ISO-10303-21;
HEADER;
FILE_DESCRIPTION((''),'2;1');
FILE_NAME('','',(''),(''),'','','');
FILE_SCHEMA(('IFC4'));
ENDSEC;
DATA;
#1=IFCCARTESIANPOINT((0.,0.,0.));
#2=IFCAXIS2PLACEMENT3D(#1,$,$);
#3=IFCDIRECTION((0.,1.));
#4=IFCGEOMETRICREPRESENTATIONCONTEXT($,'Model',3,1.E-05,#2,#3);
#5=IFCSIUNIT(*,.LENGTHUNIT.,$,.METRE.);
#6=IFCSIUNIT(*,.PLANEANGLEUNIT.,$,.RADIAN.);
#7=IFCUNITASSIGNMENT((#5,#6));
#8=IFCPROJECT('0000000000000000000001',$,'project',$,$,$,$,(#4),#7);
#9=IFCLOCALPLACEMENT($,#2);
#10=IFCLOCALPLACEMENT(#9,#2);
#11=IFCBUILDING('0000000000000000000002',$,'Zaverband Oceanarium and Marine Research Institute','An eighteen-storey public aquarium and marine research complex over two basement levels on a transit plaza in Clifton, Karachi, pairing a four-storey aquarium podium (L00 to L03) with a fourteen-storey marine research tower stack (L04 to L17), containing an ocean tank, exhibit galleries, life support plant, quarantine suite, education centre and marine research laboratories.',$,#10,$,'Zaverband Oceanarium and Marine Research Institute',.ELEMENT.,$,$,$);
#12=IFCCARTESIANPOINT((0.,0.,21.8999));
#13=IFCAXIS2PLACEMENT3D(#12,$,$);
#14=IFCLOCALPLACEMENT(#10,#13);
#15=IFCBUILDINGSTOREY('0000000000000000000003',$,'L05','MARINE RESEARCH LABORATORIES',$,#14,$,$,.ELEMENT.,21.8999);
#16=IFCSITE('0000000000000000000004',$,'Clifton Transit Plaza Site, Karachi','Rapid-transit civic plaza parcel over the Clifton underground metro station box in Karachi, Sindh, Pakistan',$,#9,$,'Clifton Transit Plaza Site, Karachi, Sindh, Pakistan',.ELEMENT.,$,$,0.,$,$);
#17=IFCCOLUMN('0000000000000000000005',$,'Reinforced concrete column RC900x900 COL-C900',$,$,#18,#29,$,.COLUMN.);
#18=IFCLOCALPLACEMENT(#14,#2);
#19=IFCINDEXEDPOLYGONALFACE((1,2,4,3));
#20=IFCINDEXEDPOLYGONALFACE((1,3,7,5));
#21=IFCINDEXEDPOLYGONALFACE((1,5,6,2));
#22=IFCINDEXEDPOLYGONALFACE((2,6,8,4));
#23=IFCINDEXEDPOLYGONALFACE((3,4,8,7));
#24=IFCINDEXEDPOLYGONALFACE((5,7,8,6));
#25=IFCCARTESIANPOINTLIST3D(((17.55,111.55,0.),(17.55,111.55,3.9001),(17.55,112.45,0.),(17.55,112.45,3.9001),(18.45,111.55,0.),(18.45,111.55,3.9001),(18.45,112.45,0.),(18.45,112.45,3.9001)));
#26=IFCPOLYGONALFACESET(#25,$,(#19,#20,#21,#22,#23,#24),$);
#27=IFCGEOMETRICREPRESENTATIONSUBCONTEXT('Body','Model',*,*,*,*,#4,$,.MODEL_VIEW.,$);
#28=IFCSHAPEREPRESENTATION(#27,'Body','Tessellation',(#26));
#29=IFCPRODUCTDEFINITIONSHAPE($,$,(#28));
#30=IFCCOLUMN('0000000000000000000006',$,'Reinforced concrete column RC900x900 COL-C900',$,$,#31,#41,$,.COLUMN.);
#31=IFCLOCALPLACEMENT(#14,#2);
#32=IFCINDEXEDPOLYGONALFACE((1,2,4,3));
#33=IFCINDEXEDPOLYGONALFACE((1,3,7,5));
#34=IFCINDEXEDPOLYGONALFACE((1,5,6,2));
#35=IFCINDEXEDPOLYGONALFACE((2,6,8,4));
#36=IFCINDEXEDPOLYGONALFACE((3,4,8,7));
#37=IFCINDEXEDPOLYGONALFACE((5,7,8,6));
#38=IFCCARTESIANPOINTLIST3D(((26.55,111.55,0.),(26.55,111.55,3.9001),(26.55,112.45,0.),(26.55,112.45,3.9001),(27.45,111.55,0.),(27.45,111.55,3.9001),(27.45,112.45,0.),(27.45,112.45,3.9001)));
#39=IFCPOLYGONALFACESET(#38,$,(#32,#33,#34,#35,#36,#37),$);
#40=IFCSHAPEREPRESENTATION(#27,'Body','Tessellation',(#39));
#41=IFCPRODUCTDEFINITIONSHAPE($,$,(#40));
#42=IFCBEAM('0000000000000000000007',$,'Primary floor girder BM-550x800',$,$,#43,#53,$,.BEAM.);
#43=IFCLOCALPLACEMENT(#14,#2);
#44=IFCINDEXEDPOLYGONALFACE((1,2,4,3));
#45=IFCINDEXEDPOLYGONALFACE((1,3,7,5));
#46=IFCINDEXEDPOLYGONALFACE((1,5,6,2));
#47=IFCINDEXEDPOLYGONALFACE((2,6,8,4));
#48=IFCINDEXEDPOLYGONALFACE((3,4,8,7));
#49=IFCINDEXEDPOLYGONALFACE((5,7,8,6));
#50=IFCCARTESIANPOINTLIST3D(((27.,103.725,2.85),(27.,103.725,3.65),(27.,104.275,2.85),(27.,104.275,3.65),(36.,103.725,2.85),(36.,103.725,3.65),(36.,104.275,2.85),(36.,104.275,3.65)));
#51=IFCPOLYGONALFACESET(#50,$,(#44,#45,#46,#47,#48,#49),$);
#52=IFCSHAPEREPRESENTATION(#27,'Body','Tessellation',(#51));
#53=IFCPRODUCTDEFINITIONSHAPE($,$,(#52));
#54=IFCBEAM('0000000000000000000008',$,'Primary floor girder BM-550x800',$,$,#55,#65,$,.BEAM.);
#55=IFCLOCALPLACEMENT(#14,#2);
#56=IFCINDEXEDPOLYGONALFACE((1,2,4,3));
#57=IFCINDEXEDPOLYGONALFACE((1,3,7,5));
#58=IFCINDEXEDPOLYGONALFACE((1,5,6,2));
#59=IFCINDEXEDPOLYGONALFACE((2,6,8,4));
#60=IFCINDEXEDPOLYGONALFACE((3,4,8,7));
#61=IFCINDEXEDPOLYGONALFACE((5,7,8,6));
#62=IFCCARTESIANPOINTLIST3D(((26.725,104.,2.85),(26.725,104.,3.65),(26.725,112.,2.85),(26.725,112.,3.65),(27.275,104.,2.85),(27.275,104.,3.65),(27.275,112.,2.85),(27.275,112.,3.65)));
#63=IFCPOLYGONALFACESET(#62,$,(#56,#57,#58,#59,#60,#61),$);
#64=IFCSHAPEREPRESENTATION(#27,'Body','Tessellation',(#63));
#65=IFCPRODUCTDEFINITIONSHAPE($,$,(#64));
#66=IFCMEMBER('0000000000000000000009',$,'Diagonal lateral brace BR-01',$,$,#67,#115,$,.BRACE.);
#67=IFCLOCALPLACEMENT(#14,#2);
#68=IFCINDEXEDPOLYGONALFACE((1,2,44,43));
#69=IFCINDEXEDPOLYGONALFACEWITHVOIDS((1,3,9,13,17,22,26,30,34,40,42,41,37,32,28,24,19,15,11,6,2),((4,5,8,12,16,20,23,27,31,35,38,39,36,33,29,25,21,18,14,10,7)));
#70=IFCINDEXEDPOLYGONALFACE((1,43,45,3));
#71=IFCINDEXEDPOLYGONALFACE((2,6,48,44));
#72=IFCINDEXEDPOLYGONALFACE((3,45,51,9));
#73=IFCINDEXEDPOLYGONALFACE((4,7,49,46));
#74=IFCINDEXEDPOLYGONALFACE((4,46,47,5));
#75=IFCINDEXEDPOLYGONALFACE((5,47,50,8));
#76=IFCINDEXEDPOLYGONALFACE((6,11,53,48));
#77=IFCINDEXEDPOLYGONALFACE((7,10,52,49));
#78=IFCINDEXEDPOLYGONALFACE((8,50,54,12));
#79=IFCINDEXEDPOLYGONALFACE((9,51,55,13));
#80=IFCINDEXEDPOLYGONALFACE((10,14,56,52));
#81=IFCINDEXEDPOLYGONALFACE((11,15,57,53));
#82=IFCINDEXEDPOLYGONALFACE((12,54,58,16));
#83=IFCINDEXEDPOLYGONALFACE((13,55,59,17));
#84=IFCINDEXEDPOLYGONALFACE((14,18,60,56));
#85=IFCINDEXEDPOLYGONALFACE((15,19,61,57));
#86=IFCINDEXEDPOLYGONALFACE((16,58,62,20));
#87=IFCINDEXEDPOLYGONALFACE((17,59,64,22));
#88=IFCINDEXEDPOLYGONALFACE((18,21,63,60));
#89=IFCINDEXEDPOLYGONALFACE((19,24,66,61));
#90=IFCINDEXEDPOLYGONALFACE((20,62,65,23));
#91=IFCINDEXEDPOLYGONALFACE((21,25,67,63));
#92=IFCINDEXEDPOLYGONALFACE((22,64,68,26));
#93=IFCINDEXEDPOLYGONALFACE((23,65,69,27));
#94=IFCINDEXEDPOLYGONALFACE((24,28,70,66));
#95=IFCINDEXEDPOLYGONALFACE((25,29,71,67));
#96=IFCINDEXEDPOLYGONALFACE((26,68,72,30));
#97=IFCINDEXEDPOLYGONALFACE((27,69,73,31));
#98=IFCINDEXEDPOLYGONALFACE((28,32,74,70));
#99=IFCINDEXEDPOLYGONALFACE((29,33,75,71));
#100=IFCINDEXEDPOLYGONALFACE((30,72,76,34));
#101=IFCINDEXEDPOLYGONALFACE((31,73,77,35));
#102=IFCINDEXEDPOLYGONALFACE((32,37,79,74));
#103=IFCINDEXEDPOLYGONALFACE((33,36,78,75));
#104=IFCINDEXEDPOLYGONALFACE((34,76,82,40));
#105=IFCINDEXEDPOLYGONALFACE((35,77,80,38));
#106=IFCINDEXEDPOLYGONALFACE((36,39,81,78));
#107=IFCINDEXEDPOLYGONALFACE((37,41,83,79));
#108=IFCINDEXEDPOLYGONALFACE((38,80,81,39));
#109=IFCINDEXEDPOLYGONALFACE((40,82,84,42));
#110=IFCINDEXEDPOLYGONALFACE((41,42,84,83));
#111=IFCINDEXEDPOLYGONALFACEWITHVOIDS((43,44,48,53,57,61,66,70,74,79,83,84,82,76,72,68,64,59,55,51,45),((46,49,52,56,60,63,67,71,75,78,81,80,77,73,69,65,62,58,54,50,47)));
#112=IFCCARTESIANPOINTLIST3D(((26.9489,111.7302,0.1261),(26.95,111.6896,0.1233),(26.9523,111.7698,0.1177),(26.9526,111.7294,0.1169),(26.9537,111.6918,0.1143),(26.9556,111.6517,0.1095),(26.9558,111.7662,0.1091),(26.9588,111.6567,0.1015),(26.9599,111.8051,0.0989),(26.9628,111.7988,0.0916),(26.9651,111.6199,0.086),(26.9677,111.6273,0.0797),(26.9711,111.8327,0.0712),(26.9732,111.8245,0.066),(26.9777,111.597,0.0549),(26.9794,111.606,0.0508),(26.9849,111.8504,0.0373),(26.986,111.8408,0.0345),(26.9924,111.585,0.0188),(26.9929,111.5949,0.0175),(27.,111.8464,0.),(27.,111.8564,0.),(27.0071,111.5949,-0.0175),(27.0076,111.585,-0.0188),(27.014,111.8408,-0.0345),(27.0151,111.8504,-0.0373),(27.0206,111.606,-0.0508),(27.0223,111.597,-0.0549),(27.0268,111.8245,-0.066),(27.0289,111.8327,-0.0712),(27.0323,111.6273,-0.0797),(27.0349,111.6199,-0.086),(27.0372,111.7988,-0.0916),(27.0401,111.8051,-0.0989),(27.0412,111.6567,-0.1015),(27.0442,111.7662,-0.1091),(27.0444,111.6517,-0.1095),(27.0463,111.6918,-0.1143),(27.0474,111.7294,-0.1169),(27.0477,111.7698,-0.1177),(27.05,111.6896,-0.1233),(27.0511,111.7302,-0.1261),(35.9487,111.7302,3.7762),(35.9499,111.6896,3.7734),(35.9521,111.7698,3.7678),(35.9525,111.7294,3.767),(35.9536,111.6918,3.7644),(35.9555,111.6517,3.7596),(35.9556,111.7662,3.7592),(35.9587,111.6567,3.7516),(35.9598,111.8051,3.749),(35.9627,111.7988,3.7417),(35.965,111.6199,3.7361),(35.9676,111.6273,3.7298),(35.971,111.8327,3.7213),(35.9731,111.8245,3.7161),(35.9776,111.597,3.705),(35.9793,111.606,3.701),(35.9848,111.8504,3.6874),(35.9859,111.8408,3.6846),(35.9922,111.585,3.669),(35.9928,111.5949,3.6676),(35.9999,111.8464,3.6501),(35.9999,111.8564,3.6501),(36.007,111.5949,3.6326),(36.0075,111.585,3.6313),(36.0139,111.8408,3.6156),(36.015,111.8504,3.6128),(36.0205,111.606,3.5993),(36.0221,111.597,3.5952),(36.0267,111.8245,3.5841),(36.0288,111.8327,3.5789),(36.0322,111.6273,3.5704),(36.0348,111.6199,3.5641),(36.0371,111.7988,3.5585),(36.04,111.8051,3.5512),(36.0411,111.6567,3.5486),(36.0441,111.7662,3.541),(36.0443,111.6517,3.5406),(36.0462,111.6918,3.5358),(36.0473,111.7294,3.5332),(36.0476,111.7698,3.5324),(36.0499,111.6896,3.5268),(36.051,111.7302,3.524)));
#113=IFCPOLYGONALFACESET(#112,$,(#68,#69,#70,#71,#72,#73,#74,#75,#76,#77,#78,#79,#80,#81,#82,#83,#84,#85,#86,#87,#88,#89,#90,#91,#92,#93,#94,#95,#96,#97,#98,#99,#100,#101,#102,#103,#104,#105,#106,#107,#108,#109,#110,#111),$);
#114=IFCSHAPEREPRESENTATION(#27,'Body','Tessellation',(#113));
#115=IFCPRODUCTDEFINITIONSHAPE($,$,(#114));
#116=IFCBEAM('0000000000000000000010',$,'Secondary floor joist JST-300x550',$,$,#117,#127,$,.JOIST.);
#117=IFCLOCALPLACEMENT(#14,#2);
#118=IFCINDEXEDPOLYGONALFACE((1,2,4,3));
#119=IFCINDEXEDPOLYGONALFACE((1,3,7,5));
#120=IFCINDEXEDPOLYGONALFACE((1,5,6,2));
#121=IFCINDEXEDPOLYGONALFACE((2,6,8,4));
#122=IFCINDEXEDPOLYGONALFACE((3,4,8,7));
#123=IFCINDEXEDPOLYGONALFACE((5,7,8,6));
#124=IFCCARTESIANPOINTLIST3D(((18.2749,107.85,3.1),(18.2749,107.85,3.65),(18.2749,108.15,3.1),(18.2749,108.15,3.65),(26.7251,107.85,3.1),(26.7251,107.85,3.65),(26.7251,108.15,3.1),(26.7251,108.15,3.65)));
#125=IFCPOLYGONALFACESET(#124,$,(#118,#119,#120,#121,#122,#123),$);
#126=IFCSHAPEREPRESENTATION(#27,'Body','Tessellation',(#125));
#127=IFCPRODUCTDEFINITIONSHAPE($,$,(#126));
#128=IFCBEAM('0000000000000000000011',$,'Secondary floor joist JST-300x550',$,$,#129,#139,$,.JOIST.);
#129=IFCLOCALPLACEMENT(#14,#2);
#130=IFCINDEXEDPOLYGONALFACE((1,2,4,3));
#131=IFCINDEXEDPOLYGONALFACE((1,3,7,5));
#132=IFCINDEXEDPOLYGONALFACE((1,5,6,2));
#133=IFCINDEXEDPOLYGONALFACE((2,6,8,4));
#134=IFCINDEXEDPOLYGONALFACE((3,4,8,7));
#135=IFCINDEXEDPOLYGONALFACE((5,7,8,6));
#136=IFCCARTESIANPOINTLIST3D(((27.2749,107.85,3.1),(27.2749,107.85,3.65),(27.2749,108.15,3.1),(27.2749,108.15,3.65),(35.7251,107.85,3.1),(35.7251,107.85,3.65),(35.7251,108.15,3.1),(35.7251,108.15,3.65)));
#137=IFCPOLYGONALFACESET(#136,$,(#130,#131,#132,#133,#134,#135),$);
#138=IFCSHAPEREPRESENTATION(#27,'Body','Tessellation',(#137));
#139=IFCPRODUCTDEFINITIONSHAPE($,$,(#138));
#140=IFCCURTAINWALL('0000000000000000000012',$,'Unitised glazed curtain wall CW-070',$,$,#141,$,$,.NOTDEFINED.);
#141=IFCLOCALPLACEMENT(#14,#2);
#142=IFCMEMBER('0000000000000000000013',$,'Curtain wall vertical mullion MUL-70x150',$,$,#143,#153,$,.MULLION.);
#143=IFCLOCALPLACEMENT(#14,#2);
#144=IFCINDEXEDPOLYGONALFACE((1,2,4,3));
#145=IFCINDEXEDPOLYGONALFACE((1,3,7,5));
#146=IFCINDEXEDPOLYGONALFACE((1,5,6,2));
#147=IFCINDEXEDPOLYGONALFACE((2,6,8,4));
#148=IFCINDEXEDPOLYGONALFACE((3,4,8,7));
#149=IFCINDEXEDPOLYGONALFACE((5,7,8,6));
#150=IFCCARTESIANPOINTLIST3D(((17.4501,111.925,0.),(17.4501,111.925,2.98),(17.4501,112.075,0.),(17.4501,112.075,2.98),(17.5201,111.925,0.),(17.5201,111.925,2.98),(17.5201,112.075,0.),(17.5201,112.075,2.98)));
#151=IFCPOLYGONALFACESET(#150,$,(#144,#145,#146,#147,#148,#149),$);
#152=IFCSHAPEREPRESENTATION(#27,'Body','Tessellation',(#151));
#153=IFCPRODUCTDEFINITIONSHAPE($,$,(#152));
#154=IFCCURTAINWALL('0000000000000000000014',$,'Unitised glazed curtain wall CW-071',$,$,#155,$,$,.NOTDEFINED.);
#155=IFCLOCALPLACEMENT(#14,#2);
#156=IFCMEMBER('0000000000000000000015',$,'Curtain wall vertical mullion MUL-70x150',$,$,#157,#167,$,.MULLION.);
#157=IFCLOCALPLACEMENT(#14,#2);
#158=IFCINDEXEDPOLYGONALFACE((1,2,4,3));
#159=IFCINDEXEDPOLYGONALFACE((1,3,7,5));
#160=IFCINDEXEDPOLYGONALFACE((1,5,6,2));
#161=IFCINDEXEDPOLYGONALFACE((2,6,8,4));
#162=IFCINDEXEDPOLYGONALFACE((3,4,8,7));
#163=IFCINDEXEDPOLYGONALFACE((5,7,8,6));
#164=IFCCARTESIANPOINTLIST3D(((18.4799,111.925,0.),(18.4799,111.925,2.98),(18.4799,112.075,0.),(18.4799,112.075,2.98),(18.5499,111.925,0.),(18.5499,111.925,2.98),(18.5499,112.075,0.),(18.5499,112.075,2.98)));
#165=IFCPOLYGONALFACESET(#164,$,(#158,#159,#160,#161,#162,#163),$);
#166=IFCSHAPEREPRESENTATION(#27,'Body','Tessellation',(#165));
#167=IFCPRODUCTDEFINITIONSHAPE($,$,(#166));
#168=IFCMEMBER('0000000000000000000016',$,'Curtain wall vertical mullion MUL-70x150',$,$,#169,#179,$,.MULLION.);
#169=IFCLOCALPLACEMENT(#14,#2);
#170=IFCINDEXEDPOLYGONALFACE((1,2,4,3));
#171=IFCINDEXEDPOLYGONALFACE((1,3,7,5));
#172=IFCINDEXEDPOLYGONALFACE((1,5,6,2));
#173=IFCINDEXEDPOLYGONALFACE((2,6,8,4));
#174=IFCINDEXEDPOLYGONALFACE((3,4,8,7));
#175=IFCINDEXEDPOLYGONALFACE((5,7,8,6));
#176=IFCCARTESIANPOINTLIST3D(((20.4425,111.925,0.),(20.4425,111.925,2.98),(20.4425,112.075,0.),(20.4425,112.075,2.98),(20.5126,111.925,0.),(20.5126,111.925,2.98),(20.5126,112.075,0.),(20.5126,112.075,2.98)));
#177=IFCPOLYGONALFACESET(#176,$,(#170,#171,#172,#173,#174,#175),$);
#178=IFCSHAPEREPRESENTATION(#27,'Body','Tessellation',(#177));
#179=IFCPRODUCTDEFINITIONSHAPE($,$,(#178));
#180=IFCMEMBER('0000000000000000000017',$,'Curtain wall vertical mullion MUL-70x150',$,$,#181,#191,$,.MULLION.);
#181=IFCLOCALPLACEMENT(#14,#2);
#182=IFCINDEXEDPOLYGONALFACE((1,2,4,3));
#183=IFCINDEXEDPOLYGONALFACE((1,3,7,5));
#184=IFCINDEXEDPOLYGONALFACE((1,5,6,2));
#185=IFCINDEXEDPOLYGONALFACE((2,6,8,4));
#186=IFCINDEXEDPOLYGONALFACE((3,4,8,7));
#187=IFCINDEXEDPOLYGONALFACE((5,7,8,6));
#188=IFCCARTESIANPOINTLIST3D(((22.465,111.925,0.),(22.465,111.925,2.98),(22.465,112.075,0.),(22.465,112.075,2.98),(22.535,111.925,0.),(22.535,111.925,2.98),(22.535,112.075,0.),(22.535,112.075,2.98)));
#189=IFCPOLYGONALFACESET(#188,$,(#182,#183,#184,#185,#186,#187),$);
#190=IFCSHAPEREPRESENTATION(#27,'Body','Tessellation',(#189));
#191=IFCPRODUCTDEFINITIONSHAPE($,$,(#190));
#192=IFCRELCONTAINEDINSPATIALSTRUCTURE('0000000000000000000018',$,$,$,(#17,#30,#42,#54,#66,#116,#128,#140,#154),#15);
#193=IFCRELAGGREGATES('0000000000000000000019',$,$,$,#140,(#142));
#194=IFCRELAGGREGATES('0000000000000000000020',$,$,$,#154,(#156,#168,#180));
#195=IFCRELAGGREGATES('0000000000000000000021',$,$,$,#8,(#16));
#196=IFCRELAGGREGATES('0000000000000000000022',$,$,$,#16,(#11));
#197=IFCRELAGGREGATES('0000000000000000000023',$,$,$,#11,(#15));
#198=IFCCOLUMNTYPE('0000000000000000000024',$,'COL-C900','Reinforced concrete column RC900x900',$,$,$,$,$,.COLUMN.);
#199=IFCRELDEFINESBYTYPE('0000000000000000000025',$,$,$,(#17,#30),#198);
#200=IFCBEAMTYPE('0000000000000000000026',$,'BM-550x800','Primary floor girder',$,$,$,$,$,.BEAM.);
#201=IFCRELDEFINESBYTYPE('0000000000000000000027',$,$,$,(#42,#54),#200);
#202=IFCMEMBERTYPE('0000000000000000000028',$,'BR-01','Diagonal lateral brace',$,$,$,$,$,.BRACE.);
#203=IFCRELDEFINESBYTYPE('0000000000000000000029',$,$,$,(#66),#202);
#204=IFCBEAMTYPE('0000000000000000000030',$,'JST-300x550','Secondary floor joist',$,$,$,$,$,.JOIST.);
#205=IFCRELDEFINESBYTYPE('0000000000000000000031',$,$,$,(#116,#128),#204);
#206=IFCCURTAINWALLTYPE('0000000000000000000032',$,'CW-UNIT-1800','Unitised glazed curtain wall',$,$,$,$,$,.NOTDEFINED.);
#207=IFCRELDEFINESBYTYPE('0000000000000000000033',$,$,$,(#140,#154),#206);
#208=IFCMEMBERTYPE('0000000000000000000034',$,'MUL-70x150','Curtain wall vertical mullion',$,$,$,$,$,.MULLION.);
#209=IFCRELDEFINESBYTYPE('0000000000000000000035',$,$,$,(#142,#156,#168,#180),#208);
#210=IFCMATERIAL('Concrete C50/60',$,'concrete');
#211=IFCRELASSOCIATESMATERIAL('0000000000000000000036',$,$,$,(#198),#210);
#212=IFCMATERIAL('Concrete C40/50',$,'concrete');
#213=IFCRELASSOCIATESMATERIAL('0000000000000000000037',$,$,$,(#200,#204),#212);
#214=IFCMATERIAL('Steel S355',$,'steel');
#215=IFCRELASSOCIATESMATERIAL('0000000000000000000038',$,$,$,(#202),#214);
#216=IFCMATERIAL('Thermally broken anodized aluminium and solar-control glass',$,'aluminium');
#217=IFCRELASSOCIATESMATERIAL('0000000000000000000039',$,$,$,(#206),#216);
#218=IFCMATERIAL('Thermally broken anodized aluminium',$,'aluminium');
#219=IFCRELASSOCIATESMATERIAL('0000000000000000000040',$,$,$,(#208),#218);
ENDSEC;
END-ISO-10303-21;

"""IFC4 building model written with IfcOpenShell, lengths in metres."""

from ifc_helpers import new_model, si_unit, direction, frame, origin, origin_2d, place, context, subcontext, project, spatial, rectangle, hollow_circle, extrude, material, material_profile, profile_set, type_object, element, aggregate, save


model = new_model("IFC4")

# Units and contexts
model_context = context("Model", 3, precision=1e-05, world=origin(), true_north=direction((0.0, 1.0)))
body_context = subcontext(model_context, "Body", "Model", "MODEL_VIEW")
ifc_project = project(units=[si_unit("LENGTHUNIT", "METRE"), si_unit("PLANEANGLEUNIT", "RADIAN")], contexts=[model_context])

# Site, building, storey
site_placement = place(None, origin())
site = spatial("IfcSite", under=ifc_project, at=site_placement, Name="Clifton Transit Plaza Site, Karachi", Description="Rapid-transit civic plaza parcel over the Clifton underground metro station box in Karachi, Sindh, Pakistan", LongName="Clifton Transit Plaza Site, Karachi, Sindh, Pakistan", CompositionType="ELEMENT", RefElevation=0.0)
building_placement = place(site_placement, origin())
building = spatial("IfcBuilding", under=site, at=building_placement, Name="Zaverband Oceanarium and Marine Research Institute", Description="An eighteen-storey public aquarium and marine research complex over two basement levels on a transit plaza in Clifton, Karachi, pairing a four-storey aquarium podium (L00 to L03) with a fourteen-storey marine research tower stack (L04 to L17), containing an ocean tank, exhibit galleries, life support plant, quarantine suite, education centre and marine research laboratories.", LongName="Zaverband Oceanarium and Marine Research Institute", CompositionType="ELEMENT")
storey_placement = place(building_placement, frame((0.0, 0.0, 21.8999)))
storey = spatial("IfcBuildingStorey", under=building, at=storey_placement, Name="L05", Description="MARINE RESEARCH LABORATORIES", CompositionType="ELEMENT", Elevation=21.8999)

# Columns
ifc_material_1 = material(Name="Concrete C50/60", Category="concrete")
ifc_material_profile_1 = material_profile(ifc_material_1, rectangle(XDim=0.8999, YDim=0.8999, at=origin_2d()), Name="RC900x900")
ifc_profile_set_1 = profile_set([ifc_material_profile_1], Name="Concrete C50/60")
column_type = type_object("IfcColumnType", Name="COL-C900", Description="Reinforced concrete column RC900x900", PredefinedType="COLUMN", material=ifc_profile_set_1)
for number, where, z_axis, x_axis, name in (
    (1, (18.0, 112.0, 0.0), (0.0, 0.0, 1.0), (1.0, 0.0, 0.0), "Reinforced concrete column RC900x900 COL-C900"),
    (2, (27.0, 112.0, 0.0), (0.0, 0.0, 1.0), (1.0, 0.0, 0.0), "Reinforced concrete column RC900x900 COL-C900"),
):
    element("IfcColumn", number, at=place(storey_placement, frame(where, z_axis=z_axis, x_axis=x_axis)), inside=storey, type_object=column_type, Name=name, PredefinedType="COLUMN", context=body_context, shape_type="SweptSolid", body=[
        extrude(rectangle(XDim=0.8999, YDim=0.8999, at=origin_2d()), origin(), (0.0, 0.0, 1.0), 3.9001),
    ])

# Beams
ifc_material_2 = material(Name="Concrete C40/50", Category="concrete")
ifc_material_profile_2 = material_profile(ifc_material_2, rectangle(XDim=0.55, YDim=0.8, at=origin_2d()), Name="RC550x800")
ifc_profile_set_2 = profile_set([ifc_material_profile_2], Name="Concrete C40/50")
beam_type_1 = type_object("IfcBeamType", Name="BM-550x800", Description="Primary floor girder", PredefinedType="BEAM", material=ifc_profile_set_2)
beam_1_placement = place(storey_placement, frame((27.0, 104.0, 3.25), z_axis=(1.0, 0.0, 0.0), x_axis=(0.0, 1.0, 0.0)))
element("IfcBeam", 3, at=beam_1_placement, inside=storey, type_object=beam_type_1, Name="Primary floor girder BM-550x800", PredefinedType="BEAM", context=body_context, shape_type="SweptSolid", body=[
    extrude(rectangle(XDim=0.55, YDim=0.8, at=origin_2d()), origin(), (0.0, 0.0, 1.0), 9.0),
])
beam_2_placement = place(storey_placement, frame((27.0, 104.0, 3.25), z_axis=(0.0, 1.0, 0.0), x_axis=(-1.0, 0.0, 0.0)))
element("IfcBeam", 4, at=beam_2_placement, inside=storey, type_object=beam_type_1, Name="Primary floor girder BM-550x800", PredefinedType="BEAM", context=body_context, shape_type="SweptSolid", body=[
    extrude(rectangle(XDim=0.55, YDim=0.8, at=origin_2d()), origin(), (0.0, 0.0, 1.0), 8.0),
])

# Member
ifc_material_3 = material(Name="Steel S355", Category="steel")
ifc_material_profile_3 = material_profile(ifc_material_3, hollow_circle(Radius=0.1365, WallThickness=0.01, at=origin_2d()), Name="CHS273x10")
ifc_profile_set_3 = profile_set([ifc_material_profile_3], Name="Steel S355")
member_type_1 = type_object("IfcMemberType", Name="BR-01", Description="Diagonal lateral brace", PredefinedType="BRACE", material=ifc_profile_set_3)
member_1_placement = place(storey_placement, frame((27.0, 111.72, 0.0), z_axis=(0.926686, 0.0, 0.375838), x_axis=(0.0, 1.0, 0.0)))
element("IfcMember", 5, at=member_1_placement, inside=storey, type_object=member_type_1, Name="Diagonal lateral brace BR-01", PredefinedType="BRACE", context=body_context, shape_type="SweptSolid", body=[
    extrude(hollow_circle(Radius=0.1365, WallThickness=0.01, at=origin_2d()), origin(), (0.0, 0.0, 1.0), 9.7119),
])

# Beams
ifc_material_profile_4 = material_profile(ifc_material_2, rectangle(XDim=0.3, YDim=0.55, at=origin_2d()), Name="RC300x550")
ifc_profile_set_4 = profile_set([ifc_material_profile_4], Name="Concrete C40/50")
beam_type_2 = type_object("IfcBeamType", Name="JST-300x550", Description="Secondary floor joist", PredefinedType="JOIST", material=ifc_profile_set_4)
for number, where, z_axis, x_axis, name in (
    (6, (18.2749, 108.0, 3.375), (1.0, 0.0, 0.0), (0.0, 1.0, 0.0), "Secondary floor joist JST-300x550"),
    (7, (27.2749, 108.0, 3.375), (1.0, 0.0, 0.0), (0.0, 1.0, 0.0), "Secondary floor joist JST-300x550"),
):
    element("IfcBeam", number, at=place(storey_placement, frame(where, z_axis=z_axis, x_axis=x_axis)), inside=storey, type_object=beam_type_2, Name=name, PredefinedType="JOIST", context=body_context, shape_type="SweptSolid", body=[
        extrude(rectangle(XDim=0.3, YDim=0.55, at=origin_2d()), origin(), (0.0, 0.0, 1.0), 8.4502),
    ])

# Curtain wall, member
ifc_material_4 = material(Name="Thermally broken anodized aluminium and solar-control glass", Category="aluminium")
curtain_wall_type = type_object("IfcCurtainWallType", Name="CW-UNIT-1800", Description="Unitised glazed curtain wall", PredefinedType="NOTDEFINED", material=ifc_material_4)
curtain_wall_1_placement = place(storey_placement, origin())
curtain_wall_1 = element("IfcCurtainWall", 8, at=curtain_wall_1_placement, inside=storey, type_object=curtain_wall_type, Name="Unitised glazed curtain wall CW-070", PredefinedType="NOTDEFINED")
ifc_material_5 = material(Name="Thermally broken anodized aluminium", Category="aluminium")
ifc_material_profile_5 = material_profile(ifc_material_5, rectangle(XDim=0.0701, YDim=0.1499, at=origin_2d()), Name="AL-MUL-70x150")
ifc_profile_set_5 = profile_set([ifc_material_profile_5], Name="Thermally broken anodized aluminium")
member_type_2 = type_object("IfcMemberType", Name="MUL-70x150", Description="Curtain wall vertical mullion", PredefinedType="MULLION", material=ifc_profile_set_5)
member_2_placement = place(storey_placement, frame((17.4851, 112.0, 0.0), z_axis=(0.0, 0.0, 1.0), x_axis=(1.0, 0.0, 0.0)))
member_2 = element("IfcMember", 9, at=member_2_placement, type_object=member_type_2, Name="Curtain wall vertical mullion MUL-70x150", PredefinedType="MULLION", context=body_context, shape_type="SweptSolid", body=[
    extrude(rectangle(XDim=0.0701, YDim=0.1499, at=origin_2d()), origin(), (0.0, 0.0, 1.0), 2.98),
])

# Curtain wall, members
curtain_wall_2_placement = place(storey_placement, origin())
curtain_wall_2 = element("IfcCurtainWall", 10, at=curtain_wall_2_placement, inside=storey, type_object=curtain_wall_type, Name="Unitised glazed curtain wall CW-071", PredefinedType="NOTDEFINED")
member_3_placement = place(storey_placement, frame((18.5149, 112.0, 0.0), z_axis=(0.0, 0.0, 1.0), x_axis=(1.0, 0.0, 0.0)))
member_3 = element("IfcMember", 11, at=member_3_placement, type_object=member_type_2, Name="Curtain wall vertical mullion MUL-70x150", PredefinedType="MULLION", context=body_context, shape_type="SweptSolid", body=[
    extrude(rectangle(XDim=0.0701, YDim=0.1499, at=origin_2d()), origin(), (0.0, 0.0, 1.0), 2.98),
])
member_4_placement = place(storey_placement, frame((20.4775, 112.0, 0.0), z_axis=(0.0, 0.0, 1.0), x_axis=(1.0, 0.0, 0.0)))
member_4 = element("IfcMember", 12, at=member_4_placement, type_object=member_type_2, Name="Curtain wall vertical mullion MUL-70x150", PredefinedType="MULLION", context=body_context, shape_type="SweptSolid", body=[
    extrude(rectangle(XDim=0.0701, YDim=0.1499, at=origin_2d()), origin(), (0.0, 0.0, 1.0), 2.98),
])
member_5_placement = place(storey_placement, frame((22.5, 112.0, 0.0), z_axis=(0.0, 0.0, 1.0), x_axis=(1.0, 0.0, 0.0)))
member_5 = element("IfcMember", 13, at=member_5_placement, type_object=member_type_2, Name="Curtain wall vertical mullion MUL-70x150", PredefinedType="MULLION", context=body_context, shape_type="SweptSolid", body=[
    extrude(rectangle(XDim=0.0701, YDim=0.1499, at=origin_2d()), origin(), (0.0, 0.0, 1.0), 2.98),
])

aggregate(curtain_wall_1, [member_2])
aggregate(curtain_wall_2, [member_3, member_4, member_5])

save(model, "model.ifc")
